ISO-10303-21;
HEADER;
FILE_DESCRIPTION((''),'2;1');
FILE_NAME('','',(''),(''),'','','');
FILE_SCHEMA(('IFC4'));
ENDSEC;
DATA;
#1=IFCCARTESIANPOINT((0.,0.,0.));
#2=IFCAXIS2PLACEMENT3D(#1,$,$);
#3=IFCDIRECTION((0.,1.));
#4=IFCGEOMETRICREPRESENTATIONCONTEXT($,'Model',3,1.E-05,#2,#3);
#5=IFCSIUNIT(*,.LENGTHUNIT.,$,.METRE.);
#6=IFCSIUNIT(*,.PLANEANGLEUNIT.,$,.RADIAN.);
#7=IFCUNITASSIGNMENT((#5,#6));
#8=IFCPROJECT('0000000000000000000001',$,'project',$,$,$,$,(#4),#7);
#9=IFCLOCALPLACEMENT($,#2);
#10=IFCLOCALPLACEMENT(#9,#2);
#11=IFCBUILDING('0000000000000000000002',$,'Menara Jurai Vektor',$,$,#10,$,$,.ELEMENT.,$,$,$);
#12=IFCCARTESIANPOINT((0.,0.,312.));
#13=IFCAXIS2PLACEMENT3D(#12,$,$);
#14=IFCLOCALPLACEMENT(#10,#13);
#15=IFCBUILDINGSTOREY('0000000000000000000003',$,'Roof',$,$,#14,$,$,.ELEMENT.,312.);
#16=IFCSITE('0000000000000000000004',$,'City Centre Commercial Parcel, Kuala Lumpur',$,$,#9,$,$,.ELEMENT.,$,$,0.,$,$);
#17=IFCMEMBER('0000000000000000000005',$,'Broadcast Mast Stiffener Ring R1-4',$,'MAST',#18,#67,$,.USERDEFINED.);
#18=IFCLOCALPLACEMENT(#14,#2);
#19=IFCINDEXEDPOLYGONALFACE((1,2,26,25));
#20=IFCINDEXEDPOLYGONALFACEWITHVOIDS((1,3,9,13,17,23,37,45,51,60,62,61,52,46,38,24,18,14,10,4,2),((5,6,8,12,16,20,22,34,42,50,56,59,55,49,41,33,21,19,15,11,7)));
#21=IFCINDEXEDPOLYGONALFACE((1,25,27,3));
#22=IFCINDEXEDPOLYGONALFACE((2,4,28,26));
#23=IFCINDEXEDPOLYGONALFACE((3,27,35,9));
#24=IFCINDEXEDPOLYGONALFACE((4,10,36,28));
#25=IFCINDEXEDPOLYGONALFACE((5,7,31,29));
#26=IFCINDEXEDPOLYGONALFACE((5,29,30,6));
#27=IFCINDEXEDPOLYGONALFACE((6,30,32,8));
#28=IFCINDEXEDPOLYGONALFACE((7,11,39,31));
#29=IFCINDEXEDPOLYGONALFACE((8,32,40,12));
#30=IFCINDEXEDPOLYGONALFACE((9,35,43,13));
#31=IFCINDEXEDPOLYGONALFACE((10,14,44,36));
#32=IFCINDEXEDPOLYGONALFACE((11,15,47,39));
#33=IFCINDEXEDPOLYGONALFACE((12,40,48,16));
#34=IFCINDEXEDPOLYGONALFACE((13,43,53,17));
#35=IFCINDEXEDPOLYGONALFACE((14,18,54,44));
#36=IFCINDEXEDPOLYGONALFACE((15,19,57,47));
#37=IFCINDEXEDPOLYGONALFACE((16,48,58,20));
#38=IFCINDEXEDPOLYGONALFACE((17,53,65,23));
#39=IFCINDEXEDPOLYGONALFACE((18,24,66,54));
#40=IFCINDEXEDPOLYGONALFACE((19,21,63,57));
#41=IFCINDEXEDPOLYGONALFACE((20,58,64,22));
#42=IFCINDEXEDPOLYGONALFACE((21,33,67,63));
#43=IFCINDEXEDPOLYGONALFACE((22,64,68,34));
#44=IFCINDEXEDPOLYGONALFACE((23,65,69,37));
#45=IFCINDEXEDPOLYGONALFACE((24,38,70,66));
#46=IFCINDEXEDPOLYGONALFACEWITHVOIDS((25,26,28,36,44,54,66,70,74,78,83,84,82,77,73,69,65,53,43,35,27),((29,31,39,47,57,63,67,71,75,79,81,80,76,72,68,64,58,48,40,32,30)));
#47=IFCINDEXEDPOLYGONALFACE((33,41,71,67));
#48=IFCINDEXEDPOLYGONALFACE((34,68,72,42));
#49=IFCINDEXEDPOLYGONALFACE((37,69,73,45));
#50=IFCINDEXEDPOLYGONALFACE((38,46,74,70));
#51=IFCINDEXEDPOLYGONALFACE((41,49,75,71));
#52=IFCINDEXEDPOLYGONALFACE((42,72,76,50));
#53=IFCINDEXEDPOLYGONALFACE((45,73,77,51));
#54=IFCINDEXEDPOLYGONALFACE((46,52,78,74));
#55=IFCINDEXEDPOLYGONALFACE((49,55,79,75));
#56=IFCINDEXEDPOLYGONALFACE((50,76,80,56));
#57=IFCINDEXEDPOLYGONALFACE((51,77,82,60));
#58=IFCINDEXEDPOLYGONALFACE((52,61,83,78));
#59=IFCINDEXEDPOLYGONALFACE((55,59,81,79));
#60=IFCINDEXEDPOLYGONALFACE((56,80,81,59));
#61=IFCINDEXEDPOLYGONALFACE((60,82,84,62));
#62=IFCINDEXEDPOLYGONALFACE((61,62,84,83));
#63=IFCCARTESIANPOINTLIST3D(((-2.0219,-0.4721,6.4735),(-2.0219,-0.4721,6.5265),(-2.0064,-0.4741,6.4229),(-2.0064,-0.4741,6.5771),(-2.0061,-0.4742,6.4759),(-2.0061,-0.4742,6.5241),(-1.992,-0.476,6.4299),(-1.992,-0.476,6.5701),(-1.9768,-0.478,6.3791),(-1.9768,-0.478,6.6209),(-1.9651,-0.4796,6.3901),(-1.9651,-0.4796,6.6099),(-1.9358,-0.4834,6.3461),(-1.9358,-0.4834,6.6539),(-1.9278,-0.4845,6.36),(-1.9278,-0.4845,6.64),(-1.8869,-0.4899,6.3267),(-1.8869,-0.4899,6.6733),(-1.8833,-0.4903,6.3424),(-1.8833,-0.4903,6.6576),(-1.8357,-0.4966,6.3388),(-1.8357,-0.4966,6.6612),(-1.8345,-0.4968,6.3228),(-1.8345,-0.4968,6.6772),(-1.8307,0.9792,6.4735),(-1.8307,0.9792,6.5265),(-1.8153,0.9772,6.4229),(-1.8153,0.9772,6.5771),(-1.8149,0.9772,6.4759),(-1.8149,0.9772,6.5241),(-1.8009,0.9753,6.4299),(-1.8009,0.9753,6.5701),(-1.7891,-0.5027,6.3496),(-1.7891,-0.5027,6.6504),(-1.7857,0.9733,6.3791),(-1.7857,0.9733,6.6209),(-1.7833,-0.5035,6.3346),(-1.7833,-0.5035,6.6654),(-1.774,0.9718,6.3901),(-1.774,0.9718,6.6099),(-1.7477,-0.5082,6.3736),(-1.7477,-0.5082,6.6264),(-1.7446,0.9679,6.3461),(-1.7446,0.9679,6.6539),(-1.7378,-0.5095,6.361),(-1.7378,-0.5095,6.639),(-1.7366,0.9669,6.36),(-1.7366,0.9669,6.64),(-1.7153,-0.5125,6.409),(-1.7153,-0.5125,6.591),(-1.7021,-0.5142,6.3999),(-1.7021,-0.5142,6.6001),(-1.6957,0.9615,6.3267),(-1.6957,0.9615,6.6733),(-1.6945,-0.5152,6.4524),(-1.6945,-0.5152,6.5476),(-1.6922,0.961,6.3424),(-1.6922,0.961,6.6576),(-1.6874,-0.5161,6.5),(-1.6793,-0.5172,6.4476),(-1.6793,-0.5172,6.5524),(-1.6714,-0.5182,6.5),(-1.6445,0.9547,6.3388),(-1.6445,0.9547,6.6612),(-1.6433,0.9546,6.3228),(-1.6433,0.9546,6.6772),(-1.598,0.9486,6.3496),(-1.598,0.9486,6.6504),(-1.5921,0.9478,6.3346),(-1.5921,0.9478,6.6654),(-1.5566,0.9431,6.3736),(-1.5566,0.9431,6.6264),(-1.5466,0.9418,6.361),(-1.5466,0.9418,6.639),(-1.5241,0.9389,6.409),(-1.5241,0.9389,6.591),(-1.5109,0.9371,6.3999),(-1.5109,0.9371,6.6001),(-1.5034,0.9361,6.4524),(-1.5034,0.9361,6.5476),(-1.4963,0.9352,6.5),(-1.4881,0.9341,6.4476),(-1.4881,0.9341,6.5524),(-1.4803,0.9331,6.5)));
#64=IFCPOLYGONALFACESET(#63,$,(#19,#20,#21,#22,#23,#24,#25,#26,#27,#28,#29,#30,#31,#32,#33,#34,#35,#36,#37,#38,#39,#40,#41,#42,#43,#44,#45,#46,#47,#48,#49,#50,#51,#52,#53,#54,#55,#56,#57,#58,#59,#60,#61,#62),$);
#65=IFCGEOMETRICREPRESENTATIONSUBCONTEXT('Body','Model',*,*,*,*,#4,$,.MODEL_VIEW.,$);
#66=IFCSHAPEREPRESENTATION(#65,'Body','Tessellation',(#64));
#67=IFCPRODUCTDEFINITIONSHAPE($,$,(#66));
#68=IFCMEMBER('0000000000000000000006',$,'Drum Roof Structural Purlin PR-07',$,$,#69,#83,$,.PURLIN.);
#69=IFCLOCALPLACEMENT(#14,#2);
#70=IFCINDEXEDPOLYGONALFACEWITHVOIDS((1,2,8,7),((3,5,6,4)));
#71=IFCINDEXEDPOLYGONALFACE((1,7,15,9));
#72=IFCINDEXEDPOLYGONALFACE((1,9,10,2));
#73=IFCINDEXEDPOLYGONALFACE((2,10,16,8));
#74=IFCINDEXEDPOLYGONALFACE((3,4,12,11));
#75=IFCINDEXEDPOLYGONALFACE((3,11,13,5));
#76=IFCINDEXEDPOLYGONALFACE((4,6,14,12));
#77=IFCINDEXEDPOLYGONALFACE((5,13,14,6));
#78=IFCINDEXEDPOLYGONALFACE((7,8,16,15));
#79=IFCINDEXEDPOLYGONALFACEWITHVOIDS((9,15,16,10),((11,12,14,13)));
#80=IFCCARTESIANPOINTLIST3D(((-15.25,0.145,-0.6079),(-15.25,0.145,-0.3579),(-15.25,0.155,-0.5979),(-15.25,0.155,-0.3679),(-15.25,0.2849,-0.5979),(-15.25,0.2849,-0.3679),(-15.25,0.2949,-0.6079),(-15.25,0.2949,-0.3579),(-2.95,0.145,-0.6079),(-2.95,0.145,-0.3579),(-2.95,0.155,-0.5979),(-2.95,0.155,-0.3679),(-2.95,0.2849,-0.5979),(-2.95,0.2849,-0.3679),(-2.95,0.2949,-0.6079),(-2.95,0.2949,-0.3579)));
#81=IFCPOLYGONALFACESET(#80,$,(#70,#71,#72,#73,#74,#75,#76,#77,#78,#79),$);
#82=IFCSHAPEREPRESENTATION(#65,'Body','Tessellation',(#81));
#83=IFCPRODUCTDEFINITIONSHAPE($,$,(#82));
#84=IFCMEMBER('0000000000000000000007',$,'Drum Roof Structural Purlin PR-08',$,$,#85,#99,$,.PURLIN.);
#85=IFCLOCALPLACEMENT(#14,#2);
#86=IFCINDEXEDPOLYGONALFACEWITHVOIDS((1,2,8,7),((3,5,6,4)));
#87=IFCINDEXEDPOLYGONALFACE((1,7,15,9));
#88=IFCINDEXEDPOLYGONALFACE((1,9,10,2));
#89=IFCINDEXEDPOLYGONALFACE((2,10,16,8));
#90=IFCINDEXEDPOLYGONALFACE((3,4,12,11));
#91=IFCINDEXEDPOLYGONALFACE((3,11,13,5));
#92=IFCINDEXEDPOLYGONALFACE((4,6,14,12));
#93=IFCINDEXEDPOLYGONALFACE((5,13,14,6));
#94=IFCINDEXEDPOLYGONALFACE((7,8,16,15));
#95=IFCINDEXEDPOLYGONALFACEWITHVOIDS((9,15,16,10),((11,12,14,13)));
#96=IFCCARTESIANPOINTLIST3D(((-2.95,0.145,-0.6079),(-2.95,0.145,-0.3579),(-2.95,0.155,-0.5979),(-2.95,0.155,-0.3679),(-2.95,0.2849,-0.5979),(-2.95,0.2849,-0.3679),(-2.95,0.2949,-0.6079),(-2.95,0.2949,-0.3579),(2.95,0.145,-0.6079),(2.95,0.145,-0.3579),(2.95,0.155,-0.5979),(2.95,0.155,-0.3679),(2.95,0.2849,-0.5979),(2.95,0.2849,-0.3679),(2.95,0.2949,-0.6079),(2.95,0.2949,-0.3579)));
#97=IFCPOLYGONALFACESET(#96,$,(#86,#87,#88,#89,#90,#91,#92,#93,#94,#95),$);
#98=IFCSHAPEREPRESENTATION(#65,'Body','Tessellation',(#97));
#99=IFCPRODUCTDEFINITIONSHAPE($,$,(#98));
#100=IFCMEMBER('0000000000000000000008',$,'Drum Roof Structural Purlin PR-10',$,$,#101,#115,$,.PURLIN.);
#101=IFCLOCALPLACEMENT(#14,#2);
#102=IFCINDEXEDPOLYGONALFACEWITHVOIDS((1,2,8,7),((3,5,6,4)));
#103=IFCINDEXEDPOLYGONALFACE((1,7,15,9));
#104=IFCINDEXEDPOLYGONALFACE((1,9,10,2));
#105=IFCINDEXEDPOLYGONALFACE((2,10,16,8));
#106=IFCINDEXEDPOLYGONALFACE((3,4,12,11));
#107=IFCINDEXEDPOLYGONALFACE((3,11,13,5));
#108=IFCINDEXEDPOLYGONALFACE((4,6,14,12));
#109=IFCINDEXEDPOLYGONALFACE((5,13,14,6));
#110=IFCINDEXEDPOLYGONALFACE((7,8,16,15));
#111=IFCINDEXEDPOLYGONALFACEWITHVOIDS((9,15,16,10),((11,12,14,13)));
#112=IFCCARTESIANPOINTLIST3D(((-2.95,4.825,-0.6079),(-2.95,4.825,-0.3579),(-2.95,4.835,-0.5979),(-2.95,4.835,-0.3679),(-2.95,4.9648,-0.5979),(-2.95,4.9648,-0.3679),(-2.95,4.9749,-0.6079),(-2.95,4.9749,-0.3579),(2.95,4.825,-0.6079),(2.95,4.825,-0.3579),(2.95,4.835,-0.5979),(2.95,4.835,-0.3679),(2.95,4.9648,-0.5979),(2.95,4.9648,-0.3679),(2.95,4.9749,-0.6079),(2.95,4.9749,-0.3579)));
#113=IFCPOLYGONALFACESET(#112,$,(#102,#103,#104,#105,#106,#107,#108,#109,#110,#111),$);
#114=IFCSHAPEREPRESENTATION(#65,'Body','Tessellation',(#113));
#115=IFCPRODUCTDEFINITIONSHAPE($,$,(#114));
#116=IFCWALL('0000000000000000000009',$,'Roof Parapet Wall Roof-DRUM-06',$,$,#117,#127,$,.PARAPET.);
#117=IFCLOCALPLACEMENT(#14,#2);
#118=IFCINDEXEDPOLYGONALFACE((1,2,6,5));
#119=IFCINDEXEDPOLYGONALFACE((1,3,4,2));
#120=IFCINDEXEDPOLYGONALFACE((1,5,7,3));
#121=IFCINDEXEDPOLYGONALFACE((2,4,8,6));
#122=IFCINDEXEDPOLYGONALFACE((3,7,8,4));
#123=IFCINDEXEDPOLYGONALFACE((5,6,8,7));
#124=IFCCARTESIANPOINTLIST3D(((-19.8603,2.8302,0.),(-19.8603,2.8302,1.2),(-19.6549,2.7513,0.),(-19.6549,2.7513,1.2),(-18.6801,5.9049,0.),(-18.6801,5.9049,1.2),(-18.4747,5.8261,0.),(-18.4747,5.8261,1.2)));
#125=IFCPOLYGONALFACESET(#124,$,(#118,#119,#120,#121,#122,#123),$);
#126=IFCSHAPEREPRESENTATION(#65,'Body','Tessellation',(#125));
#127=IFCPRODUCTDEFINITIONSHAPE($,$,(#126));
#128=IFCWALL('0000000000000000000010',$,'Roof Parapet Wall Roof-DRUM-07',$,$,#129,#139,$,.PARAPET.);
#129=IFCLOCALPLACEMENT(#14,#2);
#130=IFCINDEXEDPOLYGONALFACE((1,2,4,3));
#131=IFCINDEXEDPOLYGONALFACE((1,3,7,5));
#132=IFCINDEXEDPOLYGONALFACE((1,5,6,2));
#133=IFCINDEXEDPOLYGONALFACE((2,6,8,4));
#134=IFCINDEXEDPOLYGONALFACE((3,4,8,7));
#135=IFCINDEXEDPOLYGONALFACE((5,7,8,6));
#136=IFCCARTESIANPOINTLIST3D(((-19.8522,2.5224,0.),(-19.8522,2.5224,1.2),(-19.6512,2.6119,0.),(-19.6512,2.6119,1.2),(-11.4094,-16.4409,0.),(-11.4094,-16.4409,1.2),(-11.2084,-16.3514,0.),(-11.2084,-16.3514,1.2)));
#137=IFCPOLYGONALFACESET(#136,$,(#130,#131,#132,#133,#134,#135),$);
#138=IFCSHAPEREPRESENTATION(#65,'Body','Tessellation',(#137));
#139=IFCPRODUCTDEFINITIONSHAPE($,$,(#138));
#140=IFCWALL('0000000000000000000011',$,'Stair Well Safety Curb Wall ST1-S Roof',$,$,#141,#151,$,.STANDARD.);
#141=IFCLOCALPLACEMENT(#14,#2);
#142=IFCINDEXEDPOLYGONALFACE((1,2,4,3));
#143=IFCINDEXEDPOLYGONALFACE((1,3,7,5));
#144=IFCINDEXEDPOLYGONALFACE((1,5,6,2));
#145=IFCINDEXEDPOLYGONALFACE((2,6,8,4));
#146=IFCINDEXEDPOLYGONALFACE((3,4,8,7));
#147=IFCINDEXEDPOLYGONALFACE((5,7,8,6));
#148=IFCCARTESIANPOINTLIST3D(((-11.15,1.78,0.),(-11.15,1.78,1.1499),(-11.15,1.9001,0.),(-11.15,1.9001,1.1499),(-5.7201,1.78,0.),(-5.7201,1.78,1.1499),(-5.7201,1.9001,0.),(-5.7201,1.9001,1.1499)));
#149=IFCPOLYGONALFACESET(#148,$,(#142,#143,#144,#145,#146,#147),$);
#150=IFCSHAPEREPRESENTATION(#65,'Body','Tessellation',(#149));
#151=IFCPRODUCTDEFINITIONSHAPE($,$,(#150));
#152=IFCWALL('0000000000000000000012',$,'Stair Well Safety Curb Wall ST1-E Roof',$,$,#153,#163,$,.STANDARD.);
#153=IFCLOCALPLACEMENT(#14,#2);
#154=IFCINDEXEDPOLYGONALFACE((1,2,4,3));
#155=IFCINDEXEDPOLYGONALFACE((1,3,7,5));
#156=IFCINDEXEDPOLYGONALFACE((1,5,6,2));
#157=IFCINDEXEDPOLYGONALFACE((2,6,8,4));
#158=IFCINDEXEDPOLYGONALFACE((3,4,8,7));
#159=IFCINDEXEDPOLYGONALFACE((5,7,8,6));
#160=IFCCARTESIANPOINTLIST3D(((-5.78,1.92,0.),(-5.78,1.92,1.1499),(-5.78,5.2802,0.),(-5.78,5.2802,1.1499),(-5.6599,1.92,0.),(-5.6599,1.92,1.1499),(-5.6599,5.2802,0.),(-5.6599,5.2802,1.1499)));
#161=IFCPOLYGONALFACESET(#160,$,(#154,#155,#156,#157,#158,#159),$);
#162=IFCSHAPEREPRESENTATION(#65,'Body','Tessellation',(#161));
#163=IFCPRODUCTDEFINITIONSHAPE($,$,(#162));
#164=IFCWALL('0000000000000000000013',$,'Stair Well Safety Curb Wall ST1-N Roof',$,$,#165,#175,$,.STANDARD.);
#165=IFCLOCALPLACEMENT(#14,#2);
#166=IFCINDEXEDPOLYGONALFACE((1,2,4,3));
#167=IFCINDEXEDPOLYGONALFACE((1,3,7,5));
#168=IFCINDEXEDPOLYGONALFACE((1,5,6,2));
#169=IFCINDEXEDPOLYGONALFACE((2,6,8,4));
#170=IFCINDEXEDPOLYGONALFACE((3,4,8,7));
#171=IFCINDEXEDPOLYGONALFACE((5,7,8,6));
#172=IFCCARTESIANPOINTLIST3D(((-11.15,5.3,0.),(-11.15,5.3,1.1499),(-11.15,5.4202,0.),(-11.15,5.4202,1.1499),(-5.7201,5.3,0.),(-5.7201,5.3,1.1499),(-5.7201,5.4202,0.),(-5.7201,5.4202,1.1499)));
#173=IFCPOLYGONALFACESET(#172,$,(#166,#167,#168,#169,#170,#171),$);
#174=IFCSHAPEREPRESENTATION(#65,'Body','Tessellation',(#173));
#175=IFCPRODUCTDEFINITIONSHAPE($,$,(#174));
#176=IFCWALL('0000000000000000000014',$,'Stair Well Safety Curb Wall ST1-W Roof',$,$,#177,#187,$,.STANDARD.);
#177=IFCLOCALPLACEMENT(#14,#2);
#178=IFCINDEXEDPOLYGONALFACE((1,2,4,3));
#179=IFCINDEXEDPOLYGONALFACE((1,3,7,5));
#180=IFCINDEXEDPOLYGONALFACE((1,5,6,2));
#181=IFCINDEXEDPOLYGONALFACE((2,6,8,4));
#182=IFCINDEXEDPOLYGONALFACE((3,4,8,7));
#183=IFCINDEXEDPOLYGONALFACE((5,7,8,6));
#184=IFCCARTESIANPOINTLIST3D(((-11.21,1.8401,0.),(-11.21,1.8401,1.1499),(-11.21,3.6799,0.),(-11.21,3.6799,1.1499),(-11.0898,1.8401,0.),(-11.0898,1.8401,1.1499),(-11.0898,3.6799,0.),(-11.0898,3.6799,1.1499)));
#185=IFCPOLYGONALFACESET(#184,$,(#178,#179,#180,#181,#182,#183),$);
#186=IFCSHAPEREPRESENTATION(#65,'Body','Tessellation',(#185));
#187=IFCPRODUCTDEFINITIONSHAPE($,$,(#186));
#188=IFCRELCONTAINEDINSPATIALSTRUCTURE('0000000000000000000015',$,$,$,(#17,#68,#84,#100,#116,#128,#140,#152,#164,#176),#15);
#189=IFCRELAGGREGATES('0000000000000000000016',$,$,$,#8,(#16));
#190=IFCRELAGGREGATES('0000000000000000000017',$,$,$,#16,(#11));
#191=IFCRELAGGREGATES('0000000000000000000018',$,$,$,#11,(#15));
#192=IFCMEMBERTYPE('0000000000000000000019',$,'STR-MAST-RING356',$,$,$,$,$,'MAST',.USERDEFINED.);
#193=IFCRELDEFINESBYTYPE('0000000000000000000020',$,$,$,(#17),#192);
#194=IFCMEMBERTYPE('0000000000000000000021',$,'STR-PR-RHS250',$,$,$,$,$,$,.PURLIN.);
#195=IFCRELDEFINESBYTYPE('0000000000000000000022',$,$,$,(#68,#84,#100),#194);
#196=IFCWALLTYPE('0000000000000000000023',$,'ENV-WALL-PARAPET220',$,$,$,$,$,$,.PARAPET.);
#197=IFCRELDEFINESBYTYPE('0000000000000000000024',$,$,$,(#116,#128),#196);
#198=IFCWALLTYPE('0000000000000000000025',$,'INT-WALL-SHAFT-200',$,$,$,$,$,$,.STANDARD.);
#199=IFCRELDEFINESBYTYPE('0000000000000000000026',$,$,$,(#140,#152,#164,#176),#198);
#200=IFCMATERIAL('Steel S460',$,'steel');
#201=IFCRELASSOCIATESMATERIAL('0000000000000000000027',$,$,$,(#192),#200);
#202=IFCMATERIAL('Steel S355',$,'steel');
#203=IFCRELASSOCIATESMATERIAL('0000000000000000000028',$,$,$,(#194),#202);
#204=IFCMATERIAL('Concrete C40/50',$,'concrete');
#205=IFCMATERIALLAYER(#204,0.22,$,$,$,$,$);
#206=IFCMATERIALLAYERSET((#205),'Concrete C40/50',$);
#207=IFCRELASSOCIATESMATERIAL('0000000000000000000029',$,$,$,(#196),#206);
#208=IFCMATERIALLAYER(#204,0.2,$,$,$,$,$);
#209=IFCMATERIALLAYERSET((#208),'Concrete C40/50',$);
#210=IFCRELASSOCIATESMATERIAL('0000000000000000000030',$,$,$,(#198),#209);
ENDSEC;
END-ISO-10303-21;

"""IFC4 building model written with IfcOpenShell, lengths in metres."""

from ifc_helpers import new_model, si_unit, direction, frame, frame_2d, origin, origin_2d, place, context, subcontext, project, spatial, rectangle, hollow_rectangle, hollow_circle, extrude, material, layer, layer_set, material_profile, profile_set, type_object, element, save


model = new_model("IFC4")

# Units and contexts
model_context = context("Model", 3, precision=1e-05, world=origin(), true_north=direction((0.0, 1.0)))
body_context = subcontext(model_context, "Body", "Model", "MODEL_VIEW")
ifc_project = project(units=[si_unit("LENGTHUNIT", "METRE"), si_unit("PLANEANGLEUNIT", "RADIAN")], contexts=[model_context])

# Site, building, storey
site_placement = place(None, origin())
site = spatial("IfcSite", under=ifc_project, at=site_placement, Name="City Centre Commercial Parcel, Kuala Lumpur", CompositionType="ELEMENT", RefElevation=0.0)
building_placement = place(site_placement, origin())
building = spatial("IfcBuilding", under=site, at=building_placement, Name="Menara Jurai Vektor", CompositionType="ELEMENT")
storey_placement = place(building_placement, frame((0.0, 0.0, 312.0)))
storey = spatial("IfcBuildingStorey", under=building, at=storey_placement, Name="Roof", CompositionType="ELEMENT", Elevation=312.0)

# Shared definitions
ifc_material_1 = material(Name="Steel S460", Category="steel")

# Shared definitions
ifc_material_2 = material(Name="Steel S355", Category="steel")

# Members
ifc_material_profile_1 = material_profile(ifc_material_1, hollow_circle(Radius=0.1777, WallThickness=0.0161, at=origin_2d()), Name="CHS 355.6x16")
ifc_profile_set_1 = profile_set([ifc_material_profile_1], Name="Steel S460")
member_type_1 = type_object("IfcMemberType", Name="STR-MAST-RING356", ElementType="MAST", PredefinedType="USERDEFINED", material=ifc_profile_set_1)
member_1_placement = place(storey_placement, frame((-1.6565, 0.9563, 6.5), z_axis=(-0.13058, -0.991438, 0.0), x_axis=(0.991438, -0.13058, 0.0)))
element("IfcMember", 1, at=member_1_placement, inside=storey, type_object=member_type_1, Name="Broadcast Mast Stiffener Ring R1-4", ObjectType="MAST", PredefinedType="USERDEFINED", context=body_context, shape_type="SweptSolid", body=[
    extrude(hollow_circle(Radius=0.1777, WallThickness=0.0161, at=origin_2d()), origin(), (0.0, 0.0, 1.0), 1.4639),
])
ifc_material_profile_2 = material_profile(ifc_material_2, hollow_rectangle(XDim=0.1499, YDim=0.25, WallThickness=0.01, at=origin_2d()), Name="RHS 250x150x10")
ifc_profile_set_2 = profile_set([ifc_material_profile_2], Name="Steel S355")
member_type_2 = type_object("IfcMemberType", Name="STR-PR-RHS250", PredefinedType="PURLIN", material=ifc_profile_set_2)
member_2_placement = place(storey_placement, frame((-15.25, 0.22, -0.4829), z_axis=(1.0, 0.0, 0.0), x_axis=(0.0, 1.0, 0.0)))
element("IfcMember", 2, at=member_2_placement, inside=storey, type_object=member_type_2, Name="Drum Roof Structural Purlin PR-07", PredefinedType="PURLIN", context=body_context, shape_type="SweptSolid", body=[
    extrude(hollow_rectangle(XDim=0.1499, YDim=0.25, WallThickness=0.01, at=origin_2d()), origin(), (0.0, 0.0, 1.0), 12.3),
])
for number, where, z_axis, x_axis, name in (
    (3, (-2.95, 0.22, -0.4829), (1.0, 0.0, 0.0), (0.0, 1.0, 0.0), "Drum Roof Structural Purlin PR-08"),
    (4, (-2.95, 4.8999, -0.4829), (1.0, 0.0, 0.0), (0.0, 1.0, 0.0), "Drum Roof Structural Purlin PR-10"),
):
    element("IfcMember", number, at=place(storey_placement, frame(where, z_axis=z_axis, x_axis=x_axis)), inside=storey, type_object=member_type_2, Name=name, PredefinedType="PURLIN", context=body_context, shape_type="SweptSolid", body=[
        extrude(hollow_rectangle(XDim=0.1499, YDim=0.25, WallThickness=0.01, at=origin_2d()), origin(), (0.0, 0.0, 1.0), 5.8999),
    ])

# Walls
ifc_material_3 = material(Name="Concrete C40/50", Category="concrete")
ifc_layer_1 = layer(ifc_material_3, 0.22)
ifc_layer_set_1 = layer_set([ifc_layer_1], Name="Concrete C40/50")
wall_type_1 = type_object("IfcWallType", Name="ENV-WALL-PARAPET220", PredefinedType="PARAPET", material=ifc_layer_set_1)
wall_1_placement = place(storey_placement, frame((-18.5774, 5.8655, 0.0), z_axis=(0.0, 0.0, 1.0), x_axis=(-0.358343, -0.93359, 0.0)))
element("IfcWall", 5, at=wall_1_placement, inside=storey, type_object=wall_type_1, Name="Roof Parapet Wall Roof-DRUM-06", PredefinedType="PARAPET", context=body_context, shape_type="SweptSolid", body=[
    extrude(rectangle(XDim=3.2935, YDim=0.22, at=frame_2d((1.6467, 0.0))), origin(), (0.0, 0.0, 1.0), 1.2),
])
wall_2_placement = place(storey_placement, frame((-19.7517, 2.5671, 0.0), z_axis=(0.0, 0.0, 1.0), x_axis=(0.40673, -0.913548, 0.0)))
element("IfcWall", 6, at=wall_2_placement, inside=storey, type_object=wall_type_1, Name="Roof Parapet Wall Roof-DRUM-07", PredefinedType="PARAPET", context=body_context, shape_type="SweptSolid", body=[
    extrude(rectangle(XDim=20.7578, YDim=0.22, at=frame_2d((10.3789, 0.0))), origin(), (0.0, 0.0, 1.0), 1.2),
])
ifc_layer_2 = layer(ifc_material_3, 0.2)
ifc_layer_set_2 = layer_set([ifc_layer_2], Name="Concrete C40/50")
wall_type_2 = type_object("IfcWallType", Name="INT-WALL-SHAFT-200", PredefinedType="STANDARD", material=ifc_layer_set_2)
wall_3_placement = place(storey_placement, frame((-11.1499, 1.8401, 0.0), z_axis=(0.0, 0.0, 1.0), x_axis=(1.0, 0.0, 0.0)))
element("IfcWall", 7, at=wall_3_placement, inside=storey, type_object=wall_type_2, Name="Stair Well Safety Curb Wall ST1-S Roof", PredefinedType="STANDARD", context=body_context, shape_type="SweptSolid", body=[
    extrude(rectangle(XDim=5.4299, YDim=0.1201, at=frame_2d((2.7148, 0.0))), origin(), (0.0, 0.0, 1.0), 1.1499),
])
wall_4_placement = place(storey_placement, frame((-5.72, 1.9199, 0.0), z_axis=(0.0, 0.0, 1.0), x_axis=(0.0, 1.0, 0.0)))
element("IfcWall", 8, at=wall_4_placement, inside=storey, type_object=wall_type_2, Name="Stair Well Safety Curb Wall ST1-E Roof", PredefinedType="STANDARD", context=body_context, shape_type="SweptSolid", body=[
    extrude(rectangle(XDim=3.3601, YDim=0.1201, at=frame_2d((1.6802, 0.0))), origin(), (0.0, 0.0, 1.0), 1.1499),
])
wall_5_placement = place(storey_placement, frame((-11.1499, 5.3601, 0.0), z_axis=(0.0, 0.0, 1.0), x_axis=(1.0, 0.0, 0.0)))
element("IfcWall", 9, at=wall_5_placement, inside=storey, type_object=wall_type_2, Name="Stair Well Safety Curb Wall ST1-N Roof", PredefinedType="STANDARD", context=body_context, shape_type="SweptSolid", body=[
    extrude(rectangle(XDim=5.4299, YDim=0.1201, at=frame_2d((2.7148, 0.0))), origin(), (0.0, 0.0, 1.0), 1.1499),
])
wall_6_placement = place(storey_placement, frame((-11.1499, 1.8401, 0.0), z_axis=(0.0, 0.0, 1.0), x_axis=(0.0, 1.0, 0.0)))
element("IfcWall", 10, at=wall_6_placement, inside=storey, type_object=wall_type_2, Name="Stair Well Safety Curb Wall ST1-W Roof", PredefinedType="STANDARD", context=body_context, shape_type="SweptSolid", body=[
    extrude(rectangle(XDim=1.8398, YDim=0.1201, at=frame_2d((0.9199, 0.0))), origin(), (0.0, 0.0, 1.0), 1.1499),
])

save(model, "model.ifc")
